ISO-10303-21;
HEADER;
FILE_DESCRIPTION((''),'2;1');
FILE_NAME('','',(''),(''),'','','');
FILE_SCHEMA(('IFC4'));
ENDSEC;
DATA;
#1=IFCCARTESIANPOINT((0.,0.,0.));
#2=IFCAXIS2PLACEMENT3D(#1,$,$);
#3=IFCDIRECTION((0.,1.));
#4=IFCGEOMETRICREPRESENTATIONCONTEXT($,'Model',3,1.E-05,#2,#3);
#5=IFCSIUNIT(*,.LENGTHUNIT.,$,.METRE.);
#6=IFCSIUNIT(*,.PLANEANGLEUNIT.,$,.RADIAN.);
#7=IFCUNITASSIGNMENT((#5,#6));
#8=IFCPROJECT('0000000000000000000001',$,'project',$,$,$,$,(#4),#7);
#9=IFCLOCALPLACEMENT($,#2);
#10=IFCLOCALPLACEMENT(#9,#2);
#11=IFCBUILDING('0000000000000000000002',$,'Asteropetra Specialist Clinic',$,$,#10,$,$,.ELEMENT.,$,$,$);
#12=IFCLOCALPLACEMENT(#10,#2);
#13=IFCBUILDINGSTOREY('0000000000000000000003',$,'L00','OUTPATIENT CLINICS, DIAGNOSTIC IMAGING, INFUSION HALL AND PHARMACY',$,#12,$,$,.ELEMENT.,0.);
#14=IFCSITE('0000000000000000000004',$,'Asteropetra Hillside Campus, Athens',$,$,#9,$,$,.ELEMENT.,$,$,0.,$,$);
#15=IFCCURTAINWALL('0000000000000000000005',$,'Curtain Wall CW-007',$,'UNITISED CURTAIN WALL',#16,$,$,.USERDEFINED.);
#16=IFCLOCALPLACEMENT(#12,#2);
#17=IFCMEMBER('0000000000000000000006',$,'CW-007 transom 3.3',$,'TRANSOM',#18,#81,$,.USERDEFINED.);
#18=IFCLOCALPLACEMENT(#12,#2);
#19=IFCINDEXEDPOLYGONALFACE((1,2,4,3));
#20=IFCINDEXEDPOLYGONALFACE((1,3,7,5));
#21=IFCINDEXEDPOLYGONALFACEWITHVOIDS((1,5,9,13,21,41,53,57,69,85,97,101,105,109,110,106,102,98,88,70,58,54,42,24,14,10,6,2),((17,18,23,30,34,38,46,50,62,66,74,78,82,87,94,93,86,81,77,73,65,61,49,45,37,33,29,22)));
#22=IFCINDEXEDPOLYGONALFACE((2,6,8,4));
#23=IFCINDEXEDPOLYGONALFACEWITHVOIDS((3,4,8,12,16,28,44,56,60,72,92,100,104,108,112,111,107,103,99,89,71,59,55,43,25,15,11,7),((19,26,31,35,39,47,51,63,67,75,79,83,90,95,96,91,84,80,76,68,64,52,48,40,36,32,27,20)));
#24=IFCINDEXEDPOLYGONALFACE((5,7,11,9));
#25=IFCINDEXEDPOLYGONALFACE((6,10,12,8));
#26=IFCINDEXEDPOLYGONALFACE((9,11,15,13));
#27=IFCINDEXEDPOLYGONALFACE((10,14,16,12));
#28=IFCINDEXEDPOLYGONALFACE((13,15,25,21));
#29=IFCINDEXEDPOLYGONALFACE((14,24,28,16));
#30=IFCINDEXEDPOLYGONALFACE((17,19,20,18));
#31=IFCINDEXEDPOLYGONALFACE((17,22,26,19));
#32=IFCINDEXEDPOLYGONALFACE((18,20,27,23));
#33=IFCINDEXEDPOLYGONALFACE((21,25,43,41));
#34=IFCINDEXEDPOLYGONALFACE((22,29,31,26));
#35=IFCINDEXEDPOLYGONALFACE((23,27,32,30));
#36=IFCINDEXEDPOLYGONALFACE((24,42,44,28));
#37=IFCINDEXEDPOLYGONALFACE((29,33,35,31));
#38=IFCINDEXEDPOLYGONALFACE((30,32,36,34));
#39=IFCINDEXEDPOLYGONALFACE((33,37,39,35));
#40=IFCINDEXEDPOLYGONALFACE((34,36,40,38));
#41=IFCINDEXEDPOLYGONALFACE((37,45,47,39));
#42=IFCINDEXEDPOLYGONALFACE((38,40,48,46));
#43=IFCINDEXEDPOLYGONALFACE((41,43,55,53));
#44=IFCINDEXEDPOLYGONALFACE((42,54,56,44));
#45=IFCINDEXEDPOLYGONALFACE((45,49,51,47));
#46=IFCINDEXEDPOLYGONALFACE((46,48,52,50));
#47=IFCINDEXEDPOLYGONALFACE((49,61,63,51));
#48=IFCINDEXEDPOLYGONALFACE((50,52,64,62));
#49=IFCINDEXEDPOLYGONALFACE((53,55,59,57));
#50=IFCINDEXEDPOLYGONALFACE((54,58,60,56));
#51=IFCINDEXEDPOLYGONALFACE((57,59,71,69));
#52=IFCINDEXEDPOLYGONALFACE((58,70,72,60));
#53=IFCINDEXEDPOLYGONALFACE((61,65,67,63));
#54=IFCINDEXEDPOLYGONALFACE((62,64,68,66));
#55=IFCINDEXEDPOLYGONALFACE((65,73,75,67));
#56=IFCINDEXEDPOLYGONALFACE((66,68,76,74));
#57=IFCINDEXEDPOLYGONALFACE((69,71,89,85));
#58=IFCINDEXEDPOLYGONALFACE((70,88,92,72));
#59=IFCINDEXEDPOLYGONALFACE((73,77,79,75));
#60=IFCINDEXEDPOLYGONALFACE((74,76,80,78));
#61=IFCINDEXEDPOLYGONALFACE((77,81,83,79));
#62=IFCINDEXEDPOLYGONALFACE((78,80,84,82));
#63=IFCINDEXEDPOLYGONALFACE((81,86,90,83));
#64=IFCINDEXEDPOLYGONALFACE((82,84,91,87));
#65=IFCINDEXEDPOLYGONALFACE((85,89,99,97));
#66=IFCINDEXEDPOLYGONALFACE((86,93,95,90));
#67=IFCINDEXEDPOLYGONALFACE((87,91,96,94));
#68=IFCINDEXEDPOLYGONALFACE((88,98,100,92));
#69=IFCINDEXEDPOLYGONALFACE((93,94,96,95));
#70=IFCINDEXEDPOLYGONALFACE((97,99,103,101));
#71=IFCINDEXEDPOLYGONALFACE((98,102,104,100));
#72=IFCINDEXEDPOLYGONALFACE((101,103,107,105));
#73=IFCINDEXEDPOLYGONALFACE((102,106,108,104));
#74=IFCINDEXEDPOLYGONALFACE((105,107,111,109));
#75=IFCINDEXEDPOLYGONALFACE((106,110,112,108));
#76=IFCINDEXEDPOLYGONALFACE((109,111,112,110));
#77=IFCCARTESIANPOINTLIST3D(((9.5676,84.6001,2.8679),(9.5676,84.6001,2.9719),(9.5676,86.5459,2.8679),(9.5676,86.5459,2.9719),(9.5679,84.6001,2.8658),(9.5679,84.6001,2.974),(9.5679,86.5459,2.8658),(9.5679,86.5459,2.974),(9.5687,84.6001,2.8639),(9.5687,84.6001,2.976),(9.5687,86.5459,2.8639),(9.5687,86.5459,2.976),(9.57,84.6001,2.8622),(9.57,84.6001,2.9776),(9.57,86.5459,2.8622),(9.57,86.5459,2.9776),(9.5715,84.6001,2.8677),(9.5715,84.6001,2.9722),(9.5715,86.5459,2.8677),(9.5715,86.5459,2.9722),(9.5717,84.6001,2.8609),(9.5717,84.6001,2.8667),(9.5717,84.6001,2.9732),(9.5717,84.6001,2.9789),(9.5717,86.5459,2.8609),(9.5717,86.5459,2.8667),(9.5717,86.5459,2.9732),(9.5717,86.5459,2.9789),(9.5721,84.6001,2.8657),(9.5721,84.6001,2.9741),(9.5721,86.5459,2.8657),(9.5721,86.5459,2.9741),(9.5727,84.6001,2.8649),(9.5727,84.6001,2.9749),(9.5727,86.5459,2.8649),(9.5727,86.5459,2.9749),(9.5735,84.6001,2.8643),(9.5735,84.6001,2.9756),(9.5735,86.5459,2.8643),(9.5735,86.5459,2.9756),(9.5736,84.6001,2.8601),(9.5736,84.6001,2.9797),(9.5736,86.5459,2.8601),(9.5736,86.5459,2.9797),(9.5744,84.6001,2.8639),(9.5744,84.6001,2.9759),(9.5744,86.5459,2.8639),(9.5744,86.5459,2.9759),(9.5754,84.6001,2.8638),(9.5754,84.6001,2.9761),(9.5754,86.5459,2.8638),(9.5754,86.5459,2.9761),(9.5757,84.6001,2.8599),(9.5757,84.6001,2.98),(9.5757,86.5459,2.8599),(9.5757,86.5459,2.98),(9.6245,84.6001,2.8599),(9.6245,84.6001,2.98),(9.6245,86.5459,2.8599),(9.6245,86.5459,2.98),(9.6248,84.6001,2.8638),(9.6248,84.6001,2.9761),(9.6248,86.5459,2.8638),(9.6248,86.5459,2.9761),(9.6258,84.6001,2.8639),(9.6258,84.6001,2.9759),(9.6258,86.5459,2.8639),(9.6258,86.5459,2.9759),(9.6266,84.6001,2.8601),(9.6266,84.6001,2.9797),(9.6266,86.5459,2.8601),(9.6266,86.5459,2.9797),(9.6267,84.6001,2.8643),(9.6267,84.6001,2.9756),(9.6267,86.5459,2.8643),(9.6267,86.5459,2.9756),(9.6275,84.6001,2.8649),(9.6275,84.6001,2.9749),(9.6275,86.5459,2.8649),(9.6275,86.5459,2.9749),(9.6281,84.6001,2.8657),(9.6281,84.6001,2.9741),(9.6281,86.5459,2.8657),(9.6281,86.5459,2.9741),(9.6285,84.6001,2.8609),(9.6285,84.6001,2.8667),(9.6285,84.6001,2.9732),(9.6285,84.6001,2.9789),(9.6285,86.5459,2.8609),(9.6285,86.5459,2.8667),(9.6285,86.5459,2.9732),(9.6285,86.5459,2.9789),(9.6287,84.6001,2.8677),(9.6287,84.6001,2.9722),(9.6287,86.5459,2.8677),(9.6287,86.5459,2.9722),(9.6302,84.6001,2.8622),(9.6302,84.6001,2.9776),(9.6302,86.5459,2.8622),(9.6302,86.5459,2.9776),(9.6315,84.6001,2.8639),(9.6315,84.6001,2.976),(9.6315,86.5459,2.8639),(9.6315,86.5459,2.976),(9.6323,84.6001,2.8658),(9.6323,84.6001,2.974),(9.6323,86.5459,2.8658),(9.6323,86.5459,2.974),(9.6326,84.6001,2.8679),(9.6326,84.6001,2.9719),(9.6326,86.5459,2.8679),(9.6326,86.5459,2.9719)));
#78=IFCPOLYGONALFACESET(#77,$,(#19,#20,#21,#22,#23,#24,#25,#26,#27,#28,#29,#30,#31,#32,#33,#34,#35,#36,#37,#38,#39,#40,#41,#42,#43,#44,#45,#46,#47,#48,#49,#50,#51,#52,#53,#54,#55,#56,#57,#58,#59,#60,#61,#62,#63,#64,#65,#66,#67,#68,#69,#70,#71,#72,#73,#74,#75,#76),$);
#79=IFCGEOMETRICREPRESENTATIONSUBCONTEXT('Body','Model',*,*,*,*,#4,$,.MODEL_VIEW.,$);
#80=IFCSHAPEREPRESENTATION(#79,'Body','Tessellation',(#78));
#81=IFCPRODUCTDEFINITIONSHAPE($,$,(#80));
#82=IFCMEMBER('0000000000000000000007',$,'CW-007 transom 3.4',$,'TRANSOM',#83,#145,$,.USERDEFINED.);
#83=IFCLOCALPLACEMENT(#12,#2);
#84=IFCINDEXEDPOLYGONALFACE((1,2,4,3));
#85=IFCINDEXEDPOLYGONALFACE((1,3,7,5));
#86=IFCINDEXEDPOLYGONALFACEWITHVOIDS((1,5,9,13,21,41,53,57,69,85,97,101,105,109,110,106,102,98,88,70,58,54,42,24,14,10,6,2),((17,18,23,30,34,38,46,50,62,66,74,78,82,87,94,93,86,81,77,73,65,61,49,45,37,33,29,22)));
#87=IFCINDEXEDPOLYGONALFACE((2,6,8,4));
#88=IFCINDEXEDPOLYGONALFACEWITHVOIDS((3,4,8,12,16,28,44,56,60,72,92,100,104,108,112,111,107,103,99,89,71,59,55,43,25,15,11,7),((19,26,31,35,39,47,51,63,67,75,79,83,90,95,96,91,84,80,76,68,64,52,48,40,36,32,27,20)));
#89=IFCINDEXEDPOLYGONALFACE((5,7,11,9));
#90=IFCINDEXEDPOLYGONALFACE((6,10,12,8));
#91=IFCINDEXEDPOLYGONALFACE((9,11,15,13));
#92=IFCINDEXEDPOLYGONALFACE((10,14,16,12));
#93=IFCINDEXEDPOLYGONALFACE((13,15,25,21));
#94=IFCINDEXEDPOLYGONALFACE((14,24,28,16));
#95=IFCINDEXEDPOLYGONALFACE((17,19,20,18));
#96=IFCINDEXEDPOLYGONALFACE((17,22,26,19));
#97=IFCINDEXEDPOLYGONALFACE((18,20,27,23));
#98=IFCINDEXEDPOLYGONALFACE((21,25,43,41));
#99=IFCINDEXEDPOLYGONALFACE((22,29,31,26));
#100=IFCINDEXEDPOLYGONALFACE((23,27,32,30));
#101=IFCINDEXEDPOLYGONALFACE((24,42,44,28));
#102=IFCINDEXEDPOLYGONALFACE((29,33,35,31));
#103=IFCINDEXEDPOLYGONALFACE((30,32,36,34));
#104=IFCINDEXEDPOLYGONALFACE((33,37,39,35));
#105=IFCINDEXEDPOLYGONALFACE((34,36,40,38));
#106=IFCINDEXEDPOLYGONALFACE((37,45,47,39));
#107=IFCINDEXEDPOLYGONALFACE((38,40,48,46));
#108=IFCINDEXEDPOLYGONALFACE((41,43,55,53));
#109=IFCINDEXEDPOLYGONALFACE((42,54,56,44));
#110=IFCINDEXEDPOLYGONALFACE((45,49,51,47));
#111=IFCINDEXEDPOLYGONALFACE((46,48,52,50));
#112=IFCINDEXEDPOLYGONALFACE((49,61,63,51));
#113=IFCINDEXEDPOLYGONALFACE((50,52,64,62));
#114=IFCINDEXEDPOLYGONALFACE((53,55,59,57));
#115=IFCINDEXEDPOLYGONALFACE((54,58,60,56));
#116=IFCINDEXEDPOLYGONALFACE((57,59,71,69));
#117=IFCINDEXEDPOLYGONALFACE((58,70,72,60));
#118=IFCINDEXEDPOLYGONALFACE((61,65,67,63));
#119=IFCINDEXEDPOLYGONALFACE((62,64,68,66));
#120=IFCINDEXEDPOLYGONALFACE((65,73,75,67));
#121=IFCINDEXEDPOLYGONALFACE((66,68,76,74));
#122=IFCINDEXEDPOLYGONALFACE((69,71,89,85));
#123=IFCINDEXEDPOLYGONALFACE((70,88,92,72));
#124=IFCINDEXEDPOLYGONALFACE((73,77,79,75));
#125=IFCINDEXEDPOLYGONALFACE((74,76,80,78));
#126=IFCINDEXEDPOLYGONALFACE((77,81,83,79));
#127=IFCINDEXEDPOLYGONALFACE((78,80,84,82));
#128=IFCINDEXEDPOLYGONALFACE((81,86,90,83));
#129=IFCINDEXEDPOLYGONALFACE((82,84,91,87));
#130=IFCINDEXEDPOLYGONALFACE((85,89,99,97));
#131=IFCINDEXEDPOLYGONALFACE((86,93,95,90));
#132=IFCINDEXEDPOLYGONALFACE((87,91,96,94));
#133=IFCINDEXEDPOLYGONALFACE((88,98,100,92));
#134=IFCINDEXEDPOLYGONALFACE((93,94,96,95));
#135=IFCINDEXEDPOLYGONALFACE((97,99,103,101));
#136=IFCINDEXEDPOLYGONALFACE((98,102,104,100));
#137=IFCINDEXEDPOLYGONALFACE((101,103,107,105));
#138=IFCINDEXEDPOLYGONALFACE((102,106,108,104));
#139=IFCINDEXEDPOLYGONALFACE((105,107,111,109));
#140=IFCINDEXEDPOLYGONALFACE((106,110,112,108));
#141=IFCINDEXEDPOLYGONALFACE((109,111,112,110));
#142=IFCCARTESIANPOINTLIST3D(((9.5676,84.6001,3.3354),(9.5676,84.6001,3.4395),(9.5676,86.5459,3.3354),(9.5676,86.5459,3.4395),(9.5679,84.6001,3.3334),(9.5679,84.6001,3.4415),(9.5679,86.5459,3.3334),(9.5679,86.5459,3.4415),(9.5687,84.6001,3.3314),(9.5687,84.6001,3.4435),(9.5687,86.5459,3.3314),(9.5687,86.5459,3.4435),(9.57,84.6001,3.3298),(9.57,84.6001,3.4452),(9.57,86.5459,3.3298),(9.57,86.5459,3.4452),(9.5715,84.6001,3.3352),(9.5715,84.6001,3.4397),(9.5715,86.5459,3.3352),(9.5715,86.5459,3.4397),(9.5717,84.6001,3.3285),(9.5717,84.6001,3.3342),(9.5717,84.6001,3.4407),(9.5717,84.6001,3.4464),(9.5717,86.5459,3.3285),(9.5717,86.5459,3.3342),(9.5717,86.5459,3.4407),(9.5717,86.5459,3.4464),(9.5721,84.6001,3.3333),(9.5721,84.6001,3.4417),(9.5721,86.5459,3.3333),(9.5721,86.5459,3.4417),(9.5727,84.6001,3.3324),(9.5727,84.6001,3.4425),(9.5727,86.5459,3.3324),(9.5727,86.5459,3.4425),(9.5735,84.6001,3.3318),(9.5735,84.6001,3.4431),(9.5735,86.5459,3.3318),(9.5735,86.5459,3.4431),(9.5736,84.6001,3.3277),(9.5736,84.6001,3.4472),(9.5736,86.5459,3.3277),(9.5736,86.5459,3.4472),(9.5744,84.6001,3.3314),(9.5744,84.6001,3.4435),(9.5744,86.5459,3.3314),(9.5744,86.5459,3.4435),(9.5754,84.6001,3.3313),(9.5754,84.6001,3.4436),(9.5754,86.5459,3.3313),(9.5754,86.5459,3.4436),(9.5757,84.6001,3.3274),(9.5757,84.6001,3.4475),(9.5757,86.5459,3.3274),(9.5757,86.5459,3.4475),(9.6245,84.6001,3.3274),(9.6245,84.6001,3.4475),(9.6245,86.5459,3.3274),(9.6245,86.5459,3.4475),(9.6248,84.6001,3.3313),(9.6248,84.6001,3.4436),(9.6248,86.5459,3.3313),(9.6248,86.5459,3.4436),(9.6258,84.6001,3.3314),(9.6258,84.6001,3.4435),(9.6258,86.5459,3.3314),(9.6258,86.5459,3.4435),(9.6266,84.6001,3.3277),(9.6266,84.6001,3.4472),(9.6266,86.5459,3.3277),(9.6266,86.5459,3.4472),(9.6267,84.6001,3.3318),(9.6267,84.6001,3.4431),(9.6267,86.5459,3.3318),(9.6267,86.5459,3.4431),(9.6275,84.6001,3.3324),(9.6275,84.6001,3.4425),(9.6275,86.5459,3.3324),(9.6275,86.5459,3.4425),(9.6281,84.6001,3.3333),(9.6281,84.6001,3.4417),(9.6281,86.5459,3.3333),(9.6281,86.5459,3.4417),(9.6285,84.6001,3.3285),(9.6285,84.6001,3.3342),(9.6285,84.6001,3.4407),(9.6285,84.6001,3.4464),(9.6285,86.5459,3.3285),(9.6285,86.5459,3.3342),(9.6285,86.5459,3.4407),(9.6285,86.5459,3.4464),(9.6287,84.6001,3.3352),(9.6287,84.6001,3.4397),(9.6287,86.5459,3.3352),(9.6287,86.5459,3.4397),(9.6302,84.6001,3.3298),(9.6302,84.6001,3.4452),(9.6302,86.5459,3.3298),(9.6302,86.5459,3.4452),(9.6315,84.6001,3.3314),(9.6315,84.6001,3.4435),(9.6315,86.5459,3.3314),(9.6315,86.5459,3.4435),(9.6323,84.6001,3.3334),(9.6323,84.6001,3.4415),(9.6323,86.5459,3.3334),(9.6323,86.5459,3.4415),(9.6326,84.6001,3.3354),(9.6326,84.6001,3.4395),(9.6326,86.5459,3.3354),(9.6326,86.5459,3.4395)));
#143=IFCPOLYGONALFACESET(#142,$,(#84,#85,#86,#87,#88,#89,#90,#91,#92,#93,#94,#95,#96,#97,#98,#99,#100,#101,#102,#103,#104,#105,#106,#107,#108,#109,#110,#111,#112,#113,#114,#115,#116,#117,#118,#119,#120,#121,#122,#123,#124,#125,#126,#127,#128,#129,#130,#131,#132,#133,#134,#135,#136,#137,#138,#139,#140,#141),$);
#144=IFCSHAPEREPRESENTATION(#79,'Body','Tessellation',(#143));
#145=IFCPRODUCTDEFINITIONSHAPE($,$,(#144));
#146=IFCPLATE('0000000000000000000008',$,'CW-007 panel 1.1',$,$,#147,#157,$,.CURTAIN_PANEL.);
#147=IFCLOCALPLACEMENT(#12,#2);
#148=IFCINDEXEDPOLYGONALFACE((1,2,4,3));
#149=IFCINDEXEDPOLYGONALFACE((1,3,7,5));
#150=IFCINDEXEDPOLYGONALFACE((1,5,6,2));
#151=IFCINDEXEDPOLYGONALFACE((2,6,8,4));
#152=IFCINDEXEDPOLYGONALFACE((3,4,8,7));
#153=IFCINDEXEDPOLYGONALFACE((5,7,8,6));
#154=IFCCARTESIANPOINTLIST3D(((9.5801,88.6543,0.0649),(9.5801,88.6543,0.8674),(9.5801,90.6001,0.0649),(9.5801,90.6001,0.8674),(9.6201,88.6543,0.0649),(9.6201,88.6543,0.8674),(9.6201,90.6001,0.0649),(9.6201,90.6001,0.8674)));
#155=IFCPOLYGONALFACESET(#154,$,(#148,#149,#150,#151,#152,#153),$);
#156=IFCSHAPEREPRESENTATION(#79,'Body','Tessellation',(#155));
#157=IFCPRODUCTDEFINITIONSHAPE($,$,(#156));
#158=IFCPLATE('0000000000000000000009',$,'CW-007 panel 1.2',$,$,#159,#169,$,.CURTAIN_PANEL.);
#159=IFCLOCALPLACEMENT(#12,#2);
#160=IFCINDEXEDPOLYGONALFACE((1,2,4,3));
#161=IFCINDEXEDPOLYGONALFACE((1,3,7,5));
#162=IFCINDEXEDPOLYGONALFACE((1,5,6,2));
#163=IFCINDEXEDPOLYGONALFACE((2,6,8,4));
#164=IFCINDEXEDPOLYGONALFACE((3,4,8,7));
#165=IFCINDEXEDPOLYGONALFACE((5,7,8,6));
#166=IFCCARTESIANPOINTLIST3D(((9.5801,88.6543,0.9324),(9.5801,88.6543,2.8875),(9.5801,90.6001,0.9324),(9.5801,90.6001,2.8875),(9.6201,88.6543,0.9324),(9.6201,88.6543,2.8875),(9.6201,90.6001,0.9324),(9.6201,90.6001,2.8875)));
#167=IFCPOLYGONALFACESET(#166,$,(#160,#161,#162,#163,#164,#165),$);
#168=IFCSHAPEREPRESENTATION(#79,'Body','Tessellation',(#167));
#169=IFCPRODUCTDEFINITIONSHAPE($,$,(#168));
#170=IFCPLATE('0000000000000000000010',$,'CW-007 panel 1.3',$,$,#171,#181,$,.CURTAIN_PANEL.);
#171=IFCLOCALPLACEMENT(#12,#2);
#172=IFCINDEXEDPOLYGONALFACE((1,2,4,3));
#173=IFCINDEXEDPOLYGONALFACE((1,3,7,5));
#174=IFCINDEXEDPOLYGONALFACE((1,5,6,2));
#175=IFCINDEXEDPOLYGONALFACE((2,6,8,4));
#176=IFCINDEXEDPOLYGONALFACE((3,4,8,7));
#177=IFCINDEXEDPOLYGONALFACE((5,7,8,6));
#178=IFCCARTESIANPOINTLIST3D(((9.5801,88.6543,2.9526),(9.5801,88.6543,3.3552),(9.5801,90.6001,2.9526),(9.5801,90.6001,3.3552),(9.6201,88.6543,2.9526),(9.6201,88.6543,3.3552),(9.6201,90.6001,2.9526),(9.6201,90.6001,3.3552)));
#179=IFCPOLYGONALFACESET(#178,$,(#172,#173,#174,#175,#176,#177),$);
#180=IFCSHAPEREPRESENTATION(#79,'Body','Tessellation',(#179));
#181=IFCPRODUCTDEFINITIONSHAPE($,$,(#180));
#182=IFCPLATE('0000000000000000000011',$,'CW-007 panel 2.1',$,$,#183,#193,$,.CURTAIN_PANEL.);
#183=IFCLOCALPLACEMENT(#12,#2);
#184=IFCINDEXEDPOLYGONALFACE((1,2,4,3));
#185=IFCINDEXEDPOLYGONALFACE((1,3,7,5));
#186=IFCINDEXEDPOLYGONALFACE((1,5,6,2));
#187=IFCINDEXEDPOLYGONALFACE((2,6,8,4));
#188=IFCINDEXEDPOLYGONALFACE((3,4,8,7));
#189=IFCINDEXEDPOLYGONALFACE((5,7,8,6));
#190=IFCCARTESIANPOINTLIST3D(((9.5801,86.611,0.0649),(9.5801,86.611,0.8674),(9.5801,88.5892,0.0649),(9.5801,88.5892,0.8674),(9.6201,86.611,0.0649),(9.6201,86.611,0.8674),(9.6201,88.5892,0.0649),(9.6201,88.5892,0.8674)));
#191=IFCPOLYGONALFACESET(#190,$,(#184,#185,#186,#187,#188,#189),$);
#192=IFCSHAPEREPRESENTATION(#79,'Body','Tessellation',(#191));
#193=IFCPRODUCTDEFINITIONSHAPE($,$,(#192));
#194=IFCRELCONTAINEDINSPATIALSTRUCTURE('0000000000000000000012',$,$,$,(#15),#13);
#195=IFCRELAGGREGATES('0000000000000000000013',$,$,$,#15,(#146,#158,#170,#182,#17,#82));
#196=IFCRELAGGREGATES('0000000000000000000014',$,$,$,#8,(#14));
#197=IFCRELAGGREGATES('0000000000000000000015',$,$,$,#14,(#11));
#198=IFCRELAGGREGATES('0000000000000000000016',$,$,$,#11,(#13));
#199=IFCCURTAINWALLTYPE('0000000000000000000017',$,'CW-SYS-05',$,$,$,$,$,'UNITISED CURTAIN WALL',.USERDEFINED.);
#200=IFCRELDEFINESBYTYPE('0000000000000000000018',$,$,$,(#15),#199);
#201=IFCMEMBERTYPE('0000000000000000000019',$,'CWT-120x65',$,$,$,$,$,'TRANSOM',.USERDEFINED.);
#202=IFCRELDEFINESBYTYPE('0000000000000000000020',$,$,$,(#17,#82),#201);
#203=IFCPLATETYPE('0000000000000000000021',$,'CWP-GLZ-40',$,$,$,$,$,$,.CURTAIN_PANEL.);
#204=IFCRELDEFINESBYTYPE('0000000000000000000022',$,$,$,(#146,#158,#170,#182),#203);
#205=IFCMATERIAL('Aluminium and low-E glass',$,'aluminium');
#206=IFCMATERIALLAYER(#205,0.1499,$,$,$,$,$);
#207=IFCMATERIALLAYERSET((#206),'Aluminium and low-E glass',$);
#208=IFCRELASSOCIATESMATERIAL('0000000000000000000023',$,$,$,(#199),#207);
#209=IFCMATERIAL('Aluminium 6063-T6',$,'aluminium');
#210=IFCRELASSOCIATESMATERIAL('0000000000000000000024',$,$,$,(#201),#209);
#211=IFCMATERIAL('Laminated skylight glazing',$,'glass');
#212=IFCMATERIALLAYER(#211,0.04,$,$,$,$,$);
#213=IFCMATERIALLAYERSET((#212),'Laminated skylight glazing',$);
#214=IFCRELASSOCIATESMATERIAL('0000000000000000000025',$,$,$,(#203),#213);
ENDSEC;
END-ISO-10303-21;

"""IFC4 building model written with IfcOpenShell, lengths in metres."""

from ifc_helpers import new_model, si_unit, direction, frame, origin, origin_2d, place, context, subcontext, project, spatial, rectangle, hollow_rectangle, extrude, material, layer, layer_set, material_profile, profile_set, type_object, element, aggregate, save


model = new_model("IFC4")

# Units and contexts
model_context = context("Model", 3, precision=1e-05, world=origin(), true_north=direction((0.0, 1.0)))
body_context = subcontext(model_context, "Body", "Model", "MODEL_VIEW")
ifc_project = project(units=[si_unit("LENGTHUNIT", "METRE"), si_unit("PLANEANGLEUNIT", "RADIAN")], contexts=[model_context])

# Site, building, storey
site_placement = place(None, origin())
site = spatial("IfcSite", under=ifc_project, at=site_placement, Name="Asteropetra Hillside Campus, Athens", CompositionType="ELEMENT", RefElevation=0.0)
building_placement = place(site_placement, origin())
building = spatial("IfcBuilding", under=site, at=building_placement, Name="Asteropetra Specialist Clinic", CompositionType="ELEMENT")
storey_placement = place(building_placement, origin())
storey = spatial("IfcBuildingStorey", under=building, at=storey_placement, Name="L00", Description="OUTPATIENT CLINICS, DIAGNOSTIC IMAGING, INFUSION HALL AND PHARMACY", CompositionType="ELEMENT", Elevation=0.0)

# Curtain wall, members, plates
ifc_material_1 = material(Name="Aluminium and low-E glass", Category="aluminium")
ifc_layer_1 = layer(ifc_material_1, 0.1499)
ifc_layer_set_1 = layer_set([ifc_layer_1], Name="Aluminium and low-E glass")
curtain_wall_type = type_object("IfcCurtainWallType", Name="CW-SYS-05", ElementType="UNITISED CURTAIN WALL", PredefinedType="USERDEFINED", material=ifc_layer_set_1)
curtain_wall_placement = place(storey_placement, origin())
curtain_wall = element("IfcCurtainWall", 1, at=curtain_wall_placement, inside=storey, type_object=curtain_wall_type, Name="Curtain Wall CW-007", ObjectType="UNITISED CURTAIN WALL", PredefinedType="USERDEFINED")
ifc_material_2 = material(Name="Aluminium 6063-T6", Category="aluminium")
ifc_material_profile_1 = material_profile(ifc_material_2, hollow_rectangle(XDim=0.0649, YDim=0.1201, WallThickness=0.0039, InnerFilletRadius=0.0039, OuterFilletRadius=0.0081, at=origin_2d()), Name="TRN 120x65x4.0")
ifc_profile_set_1 = profile_set([ifc_material_profile_1], Name="Aluminium 6063-T6")
member_type_1 = type_object("IfcMemberType", Name="CWT-120x65", ElementType="TRANSOM", PredefinedType="USERDEFINED", material=ifc_profile_set_1)
member_1_placement = place(storey_placement, frame((9.6001, 86.5459, 2.9199), z_axis=(0.0, -1.0, 0.0), x_axis=(1.0, 0.0, 0.0)))
member_1 = element("IfcMember", 2, at=member_1_placement, type_object=member_type_1, Name="CW-007 transom 3.3", ObjectType="TRANSOM", PredefinedType="USERDEFINED", context=body_context, shape_type="SweptSolid", body=[
    extrude(hollow_rectangle(XDim=0.0649, YDim=0.1201, WallThickness=0.0039, InnerFilletRadius=0.0039, OuterFilletRadius=0.0081, at=origin_2d()), origin(), (0.0, 0.0, 1.0), 1.9458),
])
member_2_placement = place(storey_placement, frame((9.6001, 86.5459, 3.3875), z_axis=(0.0, -1.0, 0.0), x_axis=(1.0, 0.0, 0.0)))
member_2 = element("IfcMember", 3, at=member_2_placement, type_object=member_type_1, Name="CW-007 transom 3.4", ObjectType="TRANSOM", PredefinedType="USERDEFINED", context=body_context, shape_type="SweptSolid", body=[
    extrude(hollow_rectangle(XDim=0.0649, YDim=0.1201, WallThickness=0.0039, InnerFilletRadius=0.0039, OuterFilletRadius=0.0081, at=origin_2d()), origin(), (0.0, 0.0, 1.0), 1.9458),
])
ifc_material_3 = material(Name="Laminated skylight glazing", Category="glass")
ifc_layer_2 = layer(ifc_material_3, 0.04)
ifc_layer_set_2 = layer_set([ifc_layer_2], Name="Laminated skylight glazing")
plate_type = type_object("IfcPlateType", Name="CWP-GLZ-40", PredefinedType="CURTAIN_PANEL", material=ifc_layer_set_2)
plate_1_placement = place(storey_placement, frame((9.6001, 89.6272, 0.0649), z_axis=(0.0, 0.0, 1.0), x_axis=(0.0, -1.0, 0.0)))
plate_1 = element("IfcPlate", 4, at=plate_1_placement, type_object=plate_type, Name="CW-007 panel 1.1", PredefinedType="CURTAIN_PANEL", context=body_context, shape_type="SweptSolid", body=[
    extrude(rectangle(XDim=1.9458, YDim=0.04, at=origin_2d()), origin(), (0.0, 0.0, 1.0), 0.8025),
])
plate_2_placement = place(storey_placement, frame((9.6001, 89.6272, 0.9324), z_axis=(0.0, 0.0, 1.0), x_axis=(0.0, -1.0, 0.0)))
plate_2 = element("IfcPlate", 5, at=plate_2_placement, type_object=plate_type, Name="CW-007 panel 1.2", PredefinedType="CURTAIN_PANEL", context=body_context, shape_type="SweptSolid", body=[
    extrude(rectangle(XDim=1.9458, YDim=0.04, at=origin_2d()), origin(), (0.0, 0.0, 1.0), 1.9551),
])
plate_3_placement = place(storey_placement, frame((9.6001, 89.6272, 2.9526), z_axis=(0.0, 0.0, 1.0), x_axis=(0.0, -1.0, 0.0)))
plate_3 = element("IfcPlate", 6, at=plate_3_placement, type_object=plate_type, Name="CW-007 panel 1.3", PredefinedType="CURTAIN_PANEL", context=body_context, shape_type="SweptSolid", body=[
    extrude(rectangle(XDim=1.9458, YDim=0.04, at=origin_2d()), origin(), (0.0, 0.0, 1.0), 0.4026),
])
plate_4_placement = place(storey_placement, frame((9.6001, 87.6001, 0.0649), z_axis=(0.0, 0.0, 1.0), x_axis=(0.0, -1.0, 0.0)))
plate_4 = element("IfcPlate", 7, at=plate_4_placement, type_object=plate_type, Name="CW-007 panel 2.1", PredefinedType="CURTAIN_PANEL", context=body_context, shape_type="SweptSolid", body=[
    extrude(rectangle(XDim=1.9783, YDim=0.04, at=origin_2d()), origin(), (0.0, 0.0, 1.0), 0.8025),
])
aggregate(curtain_wall, [plate_1, plate_2, plate_3, plate_4, member_1, member_2])

save(model, "model.ifc")
